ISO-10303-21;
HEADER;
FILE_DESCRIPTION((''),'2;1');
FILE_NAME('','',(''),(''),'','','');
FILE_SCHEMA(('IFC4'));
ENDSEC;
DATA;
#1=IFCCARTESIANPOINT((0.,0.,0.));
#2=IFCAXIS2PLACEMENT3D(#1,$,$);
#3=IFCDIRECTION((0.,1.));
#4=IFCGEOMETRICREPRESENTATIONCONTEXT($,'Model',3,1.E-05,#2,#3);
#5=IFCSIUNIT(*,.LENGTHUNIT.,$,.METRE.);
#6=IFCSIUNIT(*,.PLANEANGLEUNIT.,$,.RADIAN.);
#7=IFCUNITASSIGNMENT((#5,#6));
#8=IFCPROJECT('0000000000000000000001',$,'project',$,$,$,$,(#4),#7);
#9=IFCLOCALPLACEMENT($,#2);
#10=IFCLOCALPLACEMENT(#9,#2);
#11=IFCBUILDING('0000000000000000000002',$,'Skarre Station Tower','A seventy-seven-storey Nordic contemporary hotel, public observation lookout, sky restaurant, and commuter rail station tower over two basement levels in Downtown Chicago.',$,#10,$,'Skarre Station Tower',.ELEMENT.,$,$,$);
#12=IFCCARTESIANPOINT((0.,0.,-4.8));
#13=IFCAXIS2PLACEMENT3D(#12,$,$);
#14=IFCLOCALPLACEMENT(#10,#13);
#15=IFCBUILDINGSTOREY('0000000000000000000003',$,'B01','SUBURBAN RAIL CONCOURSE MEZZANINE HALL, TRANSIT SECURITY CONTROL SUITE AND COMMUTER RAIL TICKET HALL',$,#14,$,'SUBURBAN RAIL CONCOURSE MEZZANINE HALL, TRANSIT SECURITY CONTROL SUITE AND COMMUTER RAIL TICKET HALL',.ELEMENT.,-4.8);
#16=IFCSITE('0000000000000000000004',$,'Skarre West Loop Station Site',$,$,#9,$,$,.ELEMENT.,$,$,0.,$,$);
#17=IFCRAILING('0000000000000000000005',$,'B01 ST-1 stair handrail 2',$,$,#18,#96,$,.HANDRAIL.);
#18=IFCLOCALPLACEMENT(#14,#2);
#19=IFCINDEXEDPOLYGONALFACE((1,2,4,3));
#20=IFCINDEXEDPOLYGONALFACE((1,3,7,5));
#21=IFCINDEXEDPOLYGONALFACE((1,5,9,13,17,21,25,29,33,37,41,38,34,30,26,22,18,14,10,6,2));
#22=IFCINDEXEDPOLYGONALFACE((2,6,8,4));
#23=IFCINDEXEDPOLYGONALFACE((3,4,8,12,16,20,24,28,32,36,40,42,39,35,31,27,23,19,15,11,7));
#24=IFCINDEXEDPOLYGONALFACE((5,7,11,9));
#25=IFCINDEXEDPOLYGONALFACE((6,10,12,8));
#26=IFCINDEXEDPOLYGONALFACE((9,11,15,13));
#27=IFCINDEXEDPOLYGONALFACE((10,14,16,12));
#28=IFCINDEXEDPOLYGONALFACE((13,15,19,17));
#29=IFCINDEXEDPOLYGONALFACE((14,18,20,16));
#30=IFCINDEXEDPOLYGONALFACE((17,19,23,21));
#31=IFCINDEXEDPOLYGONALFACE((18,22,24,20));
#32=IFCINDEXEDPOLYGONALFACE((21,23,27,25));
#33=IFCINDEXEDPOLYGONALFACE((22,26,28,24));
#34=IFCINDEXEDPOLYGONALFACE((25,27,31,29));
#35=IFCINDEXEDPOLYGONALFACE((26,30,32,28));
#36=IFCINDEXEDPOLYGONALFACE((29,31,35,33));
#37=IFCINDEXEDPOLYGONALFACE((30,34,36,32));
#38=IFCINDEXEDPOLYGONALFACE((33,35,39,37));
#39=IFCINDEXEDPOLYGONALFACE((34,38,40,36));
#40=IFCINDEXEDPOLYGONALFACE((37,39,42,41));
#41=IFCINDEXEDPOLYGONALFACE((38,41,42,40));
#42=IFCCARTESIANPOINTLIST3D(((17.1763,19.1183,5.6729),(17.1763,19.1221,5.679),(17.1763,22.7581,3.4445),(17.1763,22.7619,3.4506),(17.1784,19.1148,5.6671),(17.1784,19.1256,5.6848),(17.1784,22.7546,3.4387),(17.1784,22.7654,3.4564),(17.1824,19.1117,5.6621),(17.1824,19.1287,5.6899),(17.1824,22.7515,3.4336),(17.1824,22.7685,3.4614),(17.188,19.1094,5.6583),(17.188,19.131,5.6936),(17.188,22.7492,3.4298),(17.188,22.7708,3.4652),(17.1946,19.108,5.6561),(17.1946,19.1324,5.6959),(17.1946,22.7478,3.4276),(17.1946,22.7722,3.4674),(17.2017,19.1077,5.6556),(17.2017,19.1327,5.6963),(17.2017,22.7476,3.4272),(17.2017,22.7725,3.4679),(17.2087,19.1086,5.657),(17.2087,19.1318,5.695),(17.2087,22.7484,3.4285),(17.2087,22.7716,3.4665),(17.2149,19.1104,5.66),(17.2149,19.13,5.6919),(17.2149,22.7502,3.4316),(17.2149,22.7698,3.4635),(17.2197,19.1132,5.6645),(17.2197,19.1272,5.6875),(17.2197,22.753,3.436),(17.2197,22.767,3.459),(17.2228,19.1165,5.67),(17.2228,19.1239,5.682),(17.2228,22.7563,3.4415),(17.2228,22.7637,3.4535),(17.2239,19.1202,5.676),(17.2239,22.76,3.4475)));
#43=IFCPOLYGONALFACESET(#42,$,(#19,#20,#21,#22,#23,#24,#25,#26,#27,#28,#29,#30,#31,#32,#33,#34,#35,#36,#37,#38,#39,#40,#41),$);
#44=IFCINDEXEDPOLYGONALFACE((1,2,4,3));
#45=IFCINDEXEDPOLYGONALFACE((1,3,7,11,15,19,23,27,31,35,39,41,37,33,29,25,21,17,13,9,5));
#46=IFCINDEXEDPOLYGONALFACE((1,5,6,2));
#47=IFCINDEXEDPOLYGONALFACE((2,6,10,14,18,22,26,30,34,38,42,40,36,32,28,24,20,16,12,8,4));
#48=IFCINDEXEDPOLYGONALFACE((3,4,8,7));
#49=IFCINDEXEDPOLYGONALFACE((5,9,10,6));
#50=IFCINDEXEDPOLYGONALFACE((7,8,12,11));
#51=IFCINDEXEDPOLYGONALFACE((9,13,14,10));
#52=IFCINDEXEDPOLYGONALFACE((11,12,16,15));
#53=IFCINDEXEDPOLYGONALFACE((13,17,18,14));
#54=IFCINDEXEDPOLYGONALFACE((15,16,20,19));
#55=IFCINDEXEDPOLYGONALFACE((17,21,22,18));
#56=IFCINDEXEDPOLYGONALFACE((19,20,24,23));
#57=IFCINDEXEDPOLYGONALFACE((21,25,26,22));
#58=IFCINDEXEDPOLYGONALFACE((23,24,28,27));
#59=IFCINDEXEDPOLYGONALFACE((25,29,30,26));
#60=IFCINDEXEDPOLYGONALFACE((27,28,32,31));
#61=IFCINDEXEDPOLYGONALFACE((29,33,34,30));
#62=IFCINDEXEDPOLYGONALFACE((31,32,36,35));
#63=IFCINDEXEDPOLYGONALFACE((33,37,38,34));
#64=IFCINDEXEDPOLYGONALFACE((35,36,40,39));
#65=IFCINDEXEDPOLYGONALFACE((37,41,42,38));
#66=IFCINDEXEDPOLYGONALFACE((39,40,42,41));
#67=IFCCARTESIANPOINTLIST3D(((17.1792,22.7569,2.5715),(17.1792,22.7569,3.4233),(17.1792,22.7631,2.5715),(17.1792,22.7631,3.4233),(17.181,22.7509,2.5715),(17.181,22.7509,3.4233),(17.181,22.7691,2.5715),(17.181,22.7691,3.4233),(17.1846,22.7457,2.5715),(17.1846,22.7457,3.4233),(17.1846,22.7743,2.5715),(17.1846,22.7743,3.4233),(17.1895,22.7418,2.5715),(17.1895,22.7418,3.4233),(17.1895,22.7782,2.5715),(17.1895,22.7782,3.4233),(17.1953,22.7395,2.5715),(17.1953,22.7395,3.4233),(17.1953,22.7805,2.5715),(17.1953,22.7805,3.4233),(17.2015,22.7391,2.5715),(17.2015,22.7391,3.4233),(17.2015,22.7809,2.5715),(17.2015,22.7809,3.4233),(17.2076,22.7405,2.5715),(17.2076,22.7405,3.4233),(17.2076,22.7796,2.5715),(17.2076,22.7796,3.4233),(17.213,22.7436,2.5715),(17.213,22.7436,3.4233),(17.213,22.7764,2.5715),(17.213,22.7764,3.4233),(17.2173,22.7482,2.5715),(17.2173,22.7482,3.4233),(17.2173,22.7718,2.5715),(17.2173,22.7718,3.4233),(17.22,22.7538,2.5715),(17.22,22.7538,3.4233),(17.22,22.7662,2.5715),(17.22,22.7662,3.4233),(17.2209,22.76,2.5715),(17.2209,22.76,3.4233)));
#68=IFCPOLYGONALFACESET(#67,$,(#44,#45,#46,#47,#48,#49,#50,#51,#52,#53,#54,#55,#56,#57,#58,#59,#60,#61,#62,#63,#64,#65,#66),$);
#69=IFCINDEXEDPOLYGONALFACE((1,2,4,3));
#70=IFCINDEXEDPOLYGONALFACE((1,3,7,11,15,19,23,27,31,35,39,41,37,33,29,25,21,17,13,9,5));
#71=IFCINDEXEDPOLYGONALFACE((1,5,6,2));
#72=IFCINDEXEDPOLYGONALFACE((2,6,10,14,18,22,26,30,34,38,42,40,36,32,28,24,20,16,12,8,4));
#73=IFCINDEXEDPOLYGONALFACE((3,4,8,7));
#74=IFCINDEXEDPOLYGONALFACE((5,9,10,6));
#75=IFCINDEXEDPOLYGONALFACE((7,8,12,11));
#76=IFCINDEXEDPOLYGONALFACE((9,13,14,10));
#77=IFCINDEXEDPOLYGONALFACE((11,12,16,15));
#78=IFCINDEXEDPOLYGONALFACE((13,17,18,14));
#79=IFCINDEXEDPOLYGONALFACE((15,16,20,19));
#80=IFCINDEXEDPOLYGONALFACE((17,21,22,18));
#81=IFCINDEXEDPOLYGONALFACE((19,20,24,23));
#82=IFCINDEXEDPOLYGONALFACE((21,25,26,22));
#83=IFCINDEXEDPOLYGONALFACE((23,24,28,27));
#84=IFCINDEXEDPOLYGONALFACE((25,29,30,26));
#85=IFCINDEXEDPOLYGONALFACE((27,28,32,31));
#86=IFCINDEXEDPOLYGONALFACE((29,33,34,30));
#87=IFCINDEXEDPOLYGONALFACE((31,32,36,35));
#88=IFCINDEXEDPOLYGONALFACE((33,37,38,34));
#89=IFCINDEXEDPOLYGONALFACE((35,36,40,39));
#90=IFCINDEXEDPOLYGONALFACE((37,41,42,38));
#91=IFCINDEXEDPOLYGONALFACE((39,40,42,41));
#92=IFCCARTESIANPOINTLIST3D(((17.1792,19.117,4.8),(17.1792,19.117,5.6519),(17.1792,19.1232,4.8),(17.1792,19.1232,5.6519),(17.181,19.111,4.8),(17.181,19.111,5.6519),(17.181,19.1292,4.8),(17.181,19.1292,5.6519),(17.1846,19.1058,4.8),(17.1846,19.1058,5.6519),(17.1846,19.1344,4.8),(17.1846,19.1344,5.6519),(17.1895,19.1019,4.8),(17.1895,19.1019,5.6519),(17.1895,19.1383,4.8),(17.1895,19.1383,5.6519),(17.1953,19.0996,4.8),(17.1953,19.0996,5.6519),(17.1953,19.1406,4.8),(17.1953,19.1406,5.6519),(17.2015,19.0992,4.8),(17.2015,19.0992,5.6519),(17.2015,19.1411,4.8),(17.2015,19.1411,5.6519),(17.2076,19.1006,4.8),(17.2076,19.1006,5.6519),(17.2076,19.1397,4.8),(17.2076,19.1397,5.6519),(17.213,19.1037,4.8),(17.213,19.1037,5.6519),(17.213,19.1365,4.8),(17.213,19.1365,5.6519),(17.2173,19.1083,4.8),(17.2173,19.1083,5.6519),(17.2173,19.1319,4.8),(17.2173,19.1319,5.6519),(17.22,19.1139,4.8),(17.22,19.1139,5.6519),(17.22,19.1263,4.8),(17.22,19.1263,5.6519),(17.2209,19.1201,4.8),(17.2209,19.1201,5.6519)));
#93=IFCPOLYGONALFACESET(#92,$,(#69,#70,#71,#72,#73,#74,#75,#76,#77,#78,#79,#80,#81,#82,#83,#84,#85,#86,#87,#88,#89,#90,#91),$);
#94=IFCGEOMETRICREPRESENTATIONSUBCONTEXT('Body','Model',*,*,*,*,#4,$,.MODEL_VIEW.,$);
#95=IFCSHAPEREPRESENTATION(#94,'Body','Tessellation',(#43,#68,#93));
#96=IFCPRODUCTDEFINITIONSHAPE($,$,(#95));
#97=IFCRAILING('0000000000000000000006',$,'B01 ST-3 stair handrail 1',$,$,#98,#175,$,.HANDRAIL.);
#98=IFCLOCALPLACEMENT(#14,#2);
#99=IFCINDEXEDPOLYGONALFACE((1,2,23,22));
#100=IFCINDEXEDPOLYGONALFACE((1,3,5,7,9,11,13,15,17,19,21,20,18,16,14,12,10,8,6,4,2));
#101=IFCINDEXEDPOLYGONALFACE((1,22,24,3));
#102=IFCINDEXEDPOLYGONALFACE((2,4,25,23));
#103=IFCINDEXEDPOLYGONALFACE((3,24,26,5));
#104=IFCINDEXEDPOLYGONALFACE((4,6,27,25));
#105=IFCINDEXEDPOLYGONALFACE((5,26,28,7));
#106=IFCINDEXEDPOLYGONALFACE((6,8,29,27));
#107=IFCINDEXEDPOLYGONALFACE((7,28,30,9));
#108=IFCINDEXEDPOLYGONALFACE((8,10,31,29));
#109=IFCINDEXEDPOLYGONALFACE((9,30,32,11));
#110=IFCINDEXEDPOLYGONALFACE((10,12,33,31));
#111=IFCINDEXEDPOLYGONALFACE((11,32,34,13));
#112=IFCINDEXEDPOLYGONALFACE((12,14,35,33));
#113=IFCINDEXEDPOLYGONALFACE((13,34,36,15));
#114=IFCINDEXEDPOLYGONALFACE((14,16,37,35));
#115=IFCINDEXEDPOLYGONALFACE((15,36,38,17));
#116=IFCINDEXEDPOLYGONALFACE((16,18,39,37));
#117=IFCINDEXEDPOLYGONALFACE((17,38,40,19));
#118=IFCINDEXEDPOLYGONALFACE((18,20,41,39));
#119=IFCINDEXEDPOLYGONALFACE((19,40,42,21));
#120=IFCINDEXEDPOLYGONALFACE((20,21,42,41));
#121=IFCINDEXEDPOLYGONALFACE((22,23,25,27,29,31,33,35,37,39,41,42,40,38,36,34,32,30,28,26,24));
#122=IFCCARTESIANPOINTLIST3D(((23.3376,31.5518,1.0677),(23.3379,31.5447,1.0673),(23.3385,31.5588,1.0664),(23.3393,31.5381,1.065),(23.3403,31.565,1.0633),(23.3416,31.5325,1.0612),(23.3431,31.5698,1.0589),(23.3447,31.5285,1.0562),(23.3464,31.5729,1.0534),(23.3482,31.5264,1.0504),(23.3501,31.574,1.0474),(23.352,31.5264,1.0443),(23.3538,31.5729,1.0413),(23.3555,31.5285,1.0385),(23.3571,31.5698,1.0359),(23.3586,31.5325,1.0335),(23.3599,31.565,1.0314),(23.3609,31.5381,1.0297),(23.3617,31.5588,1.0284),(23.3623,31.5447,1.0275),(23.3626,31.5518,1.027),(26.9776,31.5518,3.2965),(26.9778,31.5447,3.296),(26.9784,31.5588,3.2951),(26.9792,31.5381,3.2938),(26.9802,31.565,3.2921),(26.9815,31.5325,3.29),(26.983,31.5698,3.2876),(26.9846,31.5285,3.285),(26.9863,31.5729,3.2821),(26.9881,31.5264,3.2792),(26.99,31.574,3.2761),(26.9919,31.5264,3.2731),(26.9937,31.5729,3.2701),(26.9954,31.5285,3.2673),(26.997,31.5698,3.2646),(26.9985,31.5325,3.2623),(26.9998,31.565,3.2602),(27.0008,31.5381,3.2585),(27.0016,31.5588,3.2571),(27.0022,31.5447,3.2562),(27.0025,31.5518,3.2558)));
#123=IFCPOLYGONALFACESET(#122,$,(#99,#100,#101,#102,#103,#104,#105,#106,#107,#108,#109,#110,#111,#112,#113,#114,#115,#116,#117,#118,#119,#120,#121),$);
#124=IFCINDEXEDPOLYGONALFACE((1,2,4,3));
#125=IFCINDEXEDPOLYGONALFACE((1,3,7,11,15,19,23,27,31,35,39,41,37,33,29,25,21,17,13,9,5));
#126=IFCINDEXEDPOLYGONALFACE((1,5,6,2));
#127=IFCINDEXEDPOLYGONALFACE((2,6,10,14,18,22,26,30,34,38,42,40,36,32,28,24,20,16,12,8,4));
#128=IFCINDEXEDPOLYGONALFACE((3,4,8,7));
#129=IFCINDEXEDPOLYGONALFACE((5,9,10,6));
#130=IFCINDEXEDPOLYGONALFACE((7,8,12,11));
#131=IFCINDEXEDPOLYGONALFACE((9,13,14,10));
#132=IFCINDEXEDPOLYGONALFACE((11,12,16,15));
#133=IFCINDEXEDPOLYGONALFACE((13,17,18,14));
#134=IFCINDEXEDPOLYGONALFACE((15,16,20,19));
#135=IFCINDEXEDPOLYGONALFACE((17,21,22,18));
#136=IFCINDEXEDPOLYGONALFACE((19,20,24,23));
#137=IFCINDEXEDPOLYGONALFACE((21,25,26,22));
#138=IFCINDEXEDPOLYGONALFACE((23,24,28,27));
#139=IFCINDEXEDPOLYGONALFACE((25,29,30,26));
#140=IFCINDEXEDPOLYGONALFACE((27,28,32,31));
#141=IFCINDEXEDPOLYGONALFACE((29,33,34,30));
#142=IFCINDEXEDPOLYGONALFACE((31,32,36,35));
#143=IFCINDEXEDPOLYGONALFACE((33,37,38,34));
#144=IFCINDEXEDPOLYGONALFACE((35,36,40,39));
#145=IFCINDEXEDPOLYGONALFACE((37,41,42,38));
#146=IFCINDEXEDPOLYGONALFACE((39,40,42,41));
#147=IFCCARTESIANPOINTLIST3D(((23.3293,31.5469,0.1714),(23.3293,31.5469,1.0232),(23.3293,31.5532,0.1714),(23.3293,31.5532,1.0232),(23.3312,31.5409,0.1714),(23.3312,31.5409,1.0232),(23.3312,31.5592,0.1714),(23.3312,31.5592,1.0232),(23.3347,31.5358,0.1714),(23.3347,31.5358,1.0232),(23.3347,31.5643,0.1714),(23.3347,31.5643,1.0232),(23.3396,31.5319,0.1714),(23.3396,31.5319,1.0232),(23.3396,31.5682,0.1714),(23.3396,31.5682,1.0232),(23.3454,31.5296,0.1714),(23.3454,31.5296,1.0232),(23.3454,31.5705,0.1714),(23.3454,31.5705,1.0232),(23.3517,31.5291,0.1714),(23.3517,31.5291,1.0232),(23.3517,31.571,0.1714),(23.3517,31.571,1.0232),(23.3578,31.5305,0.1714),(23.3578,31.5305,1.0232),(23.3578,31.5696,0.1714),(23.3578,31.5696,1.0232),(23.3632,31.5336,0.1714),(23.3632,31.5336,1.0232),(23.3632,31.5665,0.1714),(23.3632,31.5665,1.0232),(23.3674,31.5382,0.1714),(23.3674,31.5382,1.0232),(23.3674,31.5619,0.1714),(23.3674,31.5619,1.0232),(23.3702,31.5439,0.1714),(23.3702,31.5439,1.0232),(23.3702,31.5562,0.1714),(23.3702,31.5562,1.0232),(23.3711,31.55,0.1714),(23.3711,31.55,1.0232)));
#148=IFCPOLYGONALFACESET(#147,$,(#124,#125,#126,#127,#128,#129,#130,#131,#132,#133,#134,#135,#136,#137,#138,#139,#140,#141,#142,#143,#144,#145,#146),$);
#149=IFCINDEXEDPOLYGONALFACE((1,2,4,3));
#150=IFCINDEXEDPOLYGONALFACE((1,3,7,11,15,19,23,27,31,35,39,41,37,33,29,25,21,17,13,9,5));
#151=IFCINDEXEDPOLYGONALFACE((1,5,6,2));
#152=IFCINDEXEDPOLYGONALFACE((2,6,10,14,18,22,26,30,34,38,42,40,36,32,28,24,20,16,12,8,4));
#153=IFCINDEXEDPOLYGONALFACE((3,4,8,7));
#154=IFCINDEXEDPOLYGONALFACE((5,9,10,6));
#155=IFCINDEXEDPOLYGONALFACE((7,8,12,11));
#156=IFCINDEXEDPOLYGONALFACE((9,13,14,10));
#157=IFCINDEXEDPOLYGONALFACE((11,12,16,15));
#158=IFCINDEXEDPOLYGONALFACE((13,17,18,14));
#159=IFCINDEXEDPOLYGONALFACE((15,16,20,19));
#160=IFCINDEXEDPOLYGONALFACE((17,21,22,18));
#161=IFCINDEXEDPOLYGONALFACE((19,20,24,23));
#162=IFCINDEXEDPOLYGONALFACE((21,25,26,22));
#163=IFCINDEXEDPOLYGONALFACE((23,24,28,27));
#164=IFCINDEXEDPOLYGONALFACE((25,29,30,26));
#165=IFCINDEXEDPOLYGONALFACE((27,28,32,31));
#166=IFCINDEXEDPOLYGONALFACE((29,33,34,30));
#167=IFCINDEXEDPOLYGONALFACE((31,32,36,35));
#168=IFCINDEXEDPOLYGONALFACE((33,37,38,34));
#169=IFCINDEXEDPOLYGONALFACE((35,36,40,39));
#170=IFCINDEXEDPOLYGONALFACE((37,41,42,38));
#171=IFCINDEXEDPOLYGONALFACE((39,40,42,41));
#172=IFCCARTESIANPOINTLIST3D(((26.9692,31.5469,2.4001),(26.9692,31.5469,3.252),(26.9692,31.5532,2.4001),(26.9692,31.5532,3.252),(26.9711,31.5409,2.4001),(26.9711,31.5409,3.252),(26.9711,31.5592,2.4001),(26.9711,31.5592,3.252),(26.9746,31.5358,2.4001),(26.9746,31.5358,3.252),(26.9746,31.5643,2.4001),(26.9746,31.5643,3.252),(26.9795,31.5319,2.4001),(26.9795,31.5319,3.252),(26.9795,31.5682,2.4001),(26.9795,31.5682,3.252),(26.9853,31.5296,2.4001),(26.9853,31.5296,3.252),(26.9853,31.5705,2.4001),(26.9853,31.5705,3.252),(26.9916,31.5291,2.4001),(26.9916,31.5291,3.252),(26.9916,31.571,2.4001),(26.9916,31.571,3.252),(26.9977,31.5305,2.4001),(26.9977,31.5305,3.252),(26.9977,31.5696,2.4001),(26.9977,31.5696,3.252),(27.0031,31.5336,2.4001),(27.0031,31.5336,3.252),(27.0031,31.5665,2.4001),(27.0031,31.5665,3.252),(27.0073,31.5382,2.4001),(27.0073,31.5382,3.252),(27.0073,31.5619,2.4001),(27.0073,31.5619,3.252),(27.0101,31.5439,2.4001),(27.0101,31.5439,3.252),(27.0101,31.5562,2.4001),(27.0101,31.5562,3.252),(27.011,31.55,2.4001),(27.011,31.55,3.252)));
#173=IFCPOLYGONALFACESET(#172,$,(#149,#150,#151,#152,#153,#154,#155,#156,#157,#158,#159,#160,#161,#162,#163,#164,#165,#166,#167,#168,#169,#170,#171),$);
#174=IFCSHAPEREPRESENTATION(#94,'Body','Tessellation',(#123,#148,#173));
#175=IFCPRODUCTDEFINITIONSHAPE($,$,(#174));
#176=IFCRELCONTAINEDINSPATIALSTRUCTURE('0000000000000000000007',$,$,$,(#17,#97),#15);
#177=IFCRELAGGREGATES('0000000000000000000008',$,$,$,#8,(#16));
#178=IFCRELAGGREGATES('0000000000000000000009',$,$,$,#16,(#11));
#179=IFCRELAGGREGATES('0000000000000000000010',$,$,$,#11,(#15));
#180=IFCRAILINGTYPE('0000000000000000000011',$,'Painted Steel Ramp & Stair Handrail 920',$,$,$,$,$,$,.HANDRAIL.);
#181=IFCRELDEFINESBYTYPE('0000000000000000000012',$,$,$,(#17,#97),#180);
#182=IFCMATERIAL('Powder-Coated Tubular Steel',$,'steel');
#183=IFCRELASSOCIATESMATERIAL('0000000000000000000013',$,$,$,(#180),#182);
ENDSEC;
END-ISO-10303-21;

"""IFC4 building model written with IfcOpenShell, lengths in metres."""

from ifc_helpers import new_model, si_unit, direction, frame, origin, origin_2d, place, context, subcontext, project, spatial, circle, extrude, material, type_object, element, save


model = new_model("IFC4")

# Units and contexts
model_context = context("Model", 3, precision=1e-05, world=origin(), true_north=direction((0.0, 1.0)))
body_context = subcontext(model_context, "Body", "Model", "MODEL_VIEW")
ifc_project = project(units=[si_unit("LENGTHUNIT", "METRE"), si_unit("PLANEANGLEUNIT", "RADIAN")], contexts=[model_context])

# Site, building, storey
site_placement = place(None, origin())
site = spatial("IfcSite", under=ifc_project, at=site_placement, Name="Skarre West Loop Station Site", CompositionType="ELEMENT", RefElevation=0.0)
building_placement = place(site_placement, origin())
building = spatial("IfcBuilding", under=site, at=building_placement, Name="Skarre Station Tower", Description="A seventy-seven-storey Nordic contemporary hotel, public observation lookout, sky restaurant, and commuter rail station tower over two basement levels in Downtown Chicago.", LongName="Skarre Station Tower", CompositionType="ELEMENT")
storey_placement = place(building_placement, frame((0.0, 0.0, -4.8)))
storey = spatial("IfcBuildingStorey", under=building, at=storey_placement, Name="B01", Description="SUBURBAN RAIL CONCOURSE MEZZANINE HALL, TRANSIT SECURITY CONTROL SUITE AND COMMUTER RAIL TICKET HALL", LongName="SUBURBAN RAIL CONCOURSE MEZZANINE HALL, TRANSIT SECURITY CONTROL SUITE AND COMMUTER RAIL TICKET HALL", CompositionType="ELEMENT", Elevation=-4.8)

# Railings
ifc_material_1 = material(Name="Powder-Coated Tubular Steel", Category="steel")
railing_type_1 = type_object("IfcRailingType", Name="Painted Steel Ramp & Stair Handrail 920", PredefinedType="HANDRAIL", material=ifc_material_1)
railing_1_placement = place(storey_placement, frame((17.2, 22.76, 2.5715)))
element("IfcRailing", 1, at=railing_1_placement, inside=storey, type_object=railing_type_1, Name="B01 ST-1 stair handrail 2", PredefinedType="HANDRAIL", context=body_context, shape_type="SweptSolid", body=[
    extrude(circle(Radius=0.0239, at=origin_2d()), frame((0.0, 0.0, 0.876), z_axis=(0.0, -0.85285, 0.522156), x_axis=(1.0, 0.0, 0.0)), (0.0, 0.0, 1.0), 4.2678),
    extrude(circle(Radius=0.021, at=origin_2d()), origin(), (0.0, 0.0, 1.0), 0.8518),
    extrude(circle(Radius=0.021, at=origin_2d()), frame((0.0, -3.6399, 2.2285)), (0.0, 0.0, 1.0), 0.8518),
])
railing_2_placement = place(storey_placement, frame((23.3501, 31.55, 0.1714)))
element("IfcRailing", 2, at=railing_2_placement, inside=storey, type_object=railing_type_1, Name="B01 ST-3 stair handrail 1", PredefinedType="HANDRAIL", context=body_context, shape_type="SweptSolid", body=[
    extrude(circle(Radius=0.0239, at=origin_2d()), frame((0.0, 0.0, 0.876), z_axis=(0.852825, 0.0, 0.522197), x_axis=(0.0, 1.0, 0.0)), (0.0, 0.0, 1.0), 4.2681),
    extrude(circle(Radius=0.021, at=origin_2d()), origin(), (0.0, 0.0, 1.0), 0.8518),
    extrude(circle(Radius=0.021, at=origin_2d()), frame((3.6399, 0.0, 2.2288)), (0.0, 0.0, 1.0), 0.8518),
])

save(model, "model.ifc")
